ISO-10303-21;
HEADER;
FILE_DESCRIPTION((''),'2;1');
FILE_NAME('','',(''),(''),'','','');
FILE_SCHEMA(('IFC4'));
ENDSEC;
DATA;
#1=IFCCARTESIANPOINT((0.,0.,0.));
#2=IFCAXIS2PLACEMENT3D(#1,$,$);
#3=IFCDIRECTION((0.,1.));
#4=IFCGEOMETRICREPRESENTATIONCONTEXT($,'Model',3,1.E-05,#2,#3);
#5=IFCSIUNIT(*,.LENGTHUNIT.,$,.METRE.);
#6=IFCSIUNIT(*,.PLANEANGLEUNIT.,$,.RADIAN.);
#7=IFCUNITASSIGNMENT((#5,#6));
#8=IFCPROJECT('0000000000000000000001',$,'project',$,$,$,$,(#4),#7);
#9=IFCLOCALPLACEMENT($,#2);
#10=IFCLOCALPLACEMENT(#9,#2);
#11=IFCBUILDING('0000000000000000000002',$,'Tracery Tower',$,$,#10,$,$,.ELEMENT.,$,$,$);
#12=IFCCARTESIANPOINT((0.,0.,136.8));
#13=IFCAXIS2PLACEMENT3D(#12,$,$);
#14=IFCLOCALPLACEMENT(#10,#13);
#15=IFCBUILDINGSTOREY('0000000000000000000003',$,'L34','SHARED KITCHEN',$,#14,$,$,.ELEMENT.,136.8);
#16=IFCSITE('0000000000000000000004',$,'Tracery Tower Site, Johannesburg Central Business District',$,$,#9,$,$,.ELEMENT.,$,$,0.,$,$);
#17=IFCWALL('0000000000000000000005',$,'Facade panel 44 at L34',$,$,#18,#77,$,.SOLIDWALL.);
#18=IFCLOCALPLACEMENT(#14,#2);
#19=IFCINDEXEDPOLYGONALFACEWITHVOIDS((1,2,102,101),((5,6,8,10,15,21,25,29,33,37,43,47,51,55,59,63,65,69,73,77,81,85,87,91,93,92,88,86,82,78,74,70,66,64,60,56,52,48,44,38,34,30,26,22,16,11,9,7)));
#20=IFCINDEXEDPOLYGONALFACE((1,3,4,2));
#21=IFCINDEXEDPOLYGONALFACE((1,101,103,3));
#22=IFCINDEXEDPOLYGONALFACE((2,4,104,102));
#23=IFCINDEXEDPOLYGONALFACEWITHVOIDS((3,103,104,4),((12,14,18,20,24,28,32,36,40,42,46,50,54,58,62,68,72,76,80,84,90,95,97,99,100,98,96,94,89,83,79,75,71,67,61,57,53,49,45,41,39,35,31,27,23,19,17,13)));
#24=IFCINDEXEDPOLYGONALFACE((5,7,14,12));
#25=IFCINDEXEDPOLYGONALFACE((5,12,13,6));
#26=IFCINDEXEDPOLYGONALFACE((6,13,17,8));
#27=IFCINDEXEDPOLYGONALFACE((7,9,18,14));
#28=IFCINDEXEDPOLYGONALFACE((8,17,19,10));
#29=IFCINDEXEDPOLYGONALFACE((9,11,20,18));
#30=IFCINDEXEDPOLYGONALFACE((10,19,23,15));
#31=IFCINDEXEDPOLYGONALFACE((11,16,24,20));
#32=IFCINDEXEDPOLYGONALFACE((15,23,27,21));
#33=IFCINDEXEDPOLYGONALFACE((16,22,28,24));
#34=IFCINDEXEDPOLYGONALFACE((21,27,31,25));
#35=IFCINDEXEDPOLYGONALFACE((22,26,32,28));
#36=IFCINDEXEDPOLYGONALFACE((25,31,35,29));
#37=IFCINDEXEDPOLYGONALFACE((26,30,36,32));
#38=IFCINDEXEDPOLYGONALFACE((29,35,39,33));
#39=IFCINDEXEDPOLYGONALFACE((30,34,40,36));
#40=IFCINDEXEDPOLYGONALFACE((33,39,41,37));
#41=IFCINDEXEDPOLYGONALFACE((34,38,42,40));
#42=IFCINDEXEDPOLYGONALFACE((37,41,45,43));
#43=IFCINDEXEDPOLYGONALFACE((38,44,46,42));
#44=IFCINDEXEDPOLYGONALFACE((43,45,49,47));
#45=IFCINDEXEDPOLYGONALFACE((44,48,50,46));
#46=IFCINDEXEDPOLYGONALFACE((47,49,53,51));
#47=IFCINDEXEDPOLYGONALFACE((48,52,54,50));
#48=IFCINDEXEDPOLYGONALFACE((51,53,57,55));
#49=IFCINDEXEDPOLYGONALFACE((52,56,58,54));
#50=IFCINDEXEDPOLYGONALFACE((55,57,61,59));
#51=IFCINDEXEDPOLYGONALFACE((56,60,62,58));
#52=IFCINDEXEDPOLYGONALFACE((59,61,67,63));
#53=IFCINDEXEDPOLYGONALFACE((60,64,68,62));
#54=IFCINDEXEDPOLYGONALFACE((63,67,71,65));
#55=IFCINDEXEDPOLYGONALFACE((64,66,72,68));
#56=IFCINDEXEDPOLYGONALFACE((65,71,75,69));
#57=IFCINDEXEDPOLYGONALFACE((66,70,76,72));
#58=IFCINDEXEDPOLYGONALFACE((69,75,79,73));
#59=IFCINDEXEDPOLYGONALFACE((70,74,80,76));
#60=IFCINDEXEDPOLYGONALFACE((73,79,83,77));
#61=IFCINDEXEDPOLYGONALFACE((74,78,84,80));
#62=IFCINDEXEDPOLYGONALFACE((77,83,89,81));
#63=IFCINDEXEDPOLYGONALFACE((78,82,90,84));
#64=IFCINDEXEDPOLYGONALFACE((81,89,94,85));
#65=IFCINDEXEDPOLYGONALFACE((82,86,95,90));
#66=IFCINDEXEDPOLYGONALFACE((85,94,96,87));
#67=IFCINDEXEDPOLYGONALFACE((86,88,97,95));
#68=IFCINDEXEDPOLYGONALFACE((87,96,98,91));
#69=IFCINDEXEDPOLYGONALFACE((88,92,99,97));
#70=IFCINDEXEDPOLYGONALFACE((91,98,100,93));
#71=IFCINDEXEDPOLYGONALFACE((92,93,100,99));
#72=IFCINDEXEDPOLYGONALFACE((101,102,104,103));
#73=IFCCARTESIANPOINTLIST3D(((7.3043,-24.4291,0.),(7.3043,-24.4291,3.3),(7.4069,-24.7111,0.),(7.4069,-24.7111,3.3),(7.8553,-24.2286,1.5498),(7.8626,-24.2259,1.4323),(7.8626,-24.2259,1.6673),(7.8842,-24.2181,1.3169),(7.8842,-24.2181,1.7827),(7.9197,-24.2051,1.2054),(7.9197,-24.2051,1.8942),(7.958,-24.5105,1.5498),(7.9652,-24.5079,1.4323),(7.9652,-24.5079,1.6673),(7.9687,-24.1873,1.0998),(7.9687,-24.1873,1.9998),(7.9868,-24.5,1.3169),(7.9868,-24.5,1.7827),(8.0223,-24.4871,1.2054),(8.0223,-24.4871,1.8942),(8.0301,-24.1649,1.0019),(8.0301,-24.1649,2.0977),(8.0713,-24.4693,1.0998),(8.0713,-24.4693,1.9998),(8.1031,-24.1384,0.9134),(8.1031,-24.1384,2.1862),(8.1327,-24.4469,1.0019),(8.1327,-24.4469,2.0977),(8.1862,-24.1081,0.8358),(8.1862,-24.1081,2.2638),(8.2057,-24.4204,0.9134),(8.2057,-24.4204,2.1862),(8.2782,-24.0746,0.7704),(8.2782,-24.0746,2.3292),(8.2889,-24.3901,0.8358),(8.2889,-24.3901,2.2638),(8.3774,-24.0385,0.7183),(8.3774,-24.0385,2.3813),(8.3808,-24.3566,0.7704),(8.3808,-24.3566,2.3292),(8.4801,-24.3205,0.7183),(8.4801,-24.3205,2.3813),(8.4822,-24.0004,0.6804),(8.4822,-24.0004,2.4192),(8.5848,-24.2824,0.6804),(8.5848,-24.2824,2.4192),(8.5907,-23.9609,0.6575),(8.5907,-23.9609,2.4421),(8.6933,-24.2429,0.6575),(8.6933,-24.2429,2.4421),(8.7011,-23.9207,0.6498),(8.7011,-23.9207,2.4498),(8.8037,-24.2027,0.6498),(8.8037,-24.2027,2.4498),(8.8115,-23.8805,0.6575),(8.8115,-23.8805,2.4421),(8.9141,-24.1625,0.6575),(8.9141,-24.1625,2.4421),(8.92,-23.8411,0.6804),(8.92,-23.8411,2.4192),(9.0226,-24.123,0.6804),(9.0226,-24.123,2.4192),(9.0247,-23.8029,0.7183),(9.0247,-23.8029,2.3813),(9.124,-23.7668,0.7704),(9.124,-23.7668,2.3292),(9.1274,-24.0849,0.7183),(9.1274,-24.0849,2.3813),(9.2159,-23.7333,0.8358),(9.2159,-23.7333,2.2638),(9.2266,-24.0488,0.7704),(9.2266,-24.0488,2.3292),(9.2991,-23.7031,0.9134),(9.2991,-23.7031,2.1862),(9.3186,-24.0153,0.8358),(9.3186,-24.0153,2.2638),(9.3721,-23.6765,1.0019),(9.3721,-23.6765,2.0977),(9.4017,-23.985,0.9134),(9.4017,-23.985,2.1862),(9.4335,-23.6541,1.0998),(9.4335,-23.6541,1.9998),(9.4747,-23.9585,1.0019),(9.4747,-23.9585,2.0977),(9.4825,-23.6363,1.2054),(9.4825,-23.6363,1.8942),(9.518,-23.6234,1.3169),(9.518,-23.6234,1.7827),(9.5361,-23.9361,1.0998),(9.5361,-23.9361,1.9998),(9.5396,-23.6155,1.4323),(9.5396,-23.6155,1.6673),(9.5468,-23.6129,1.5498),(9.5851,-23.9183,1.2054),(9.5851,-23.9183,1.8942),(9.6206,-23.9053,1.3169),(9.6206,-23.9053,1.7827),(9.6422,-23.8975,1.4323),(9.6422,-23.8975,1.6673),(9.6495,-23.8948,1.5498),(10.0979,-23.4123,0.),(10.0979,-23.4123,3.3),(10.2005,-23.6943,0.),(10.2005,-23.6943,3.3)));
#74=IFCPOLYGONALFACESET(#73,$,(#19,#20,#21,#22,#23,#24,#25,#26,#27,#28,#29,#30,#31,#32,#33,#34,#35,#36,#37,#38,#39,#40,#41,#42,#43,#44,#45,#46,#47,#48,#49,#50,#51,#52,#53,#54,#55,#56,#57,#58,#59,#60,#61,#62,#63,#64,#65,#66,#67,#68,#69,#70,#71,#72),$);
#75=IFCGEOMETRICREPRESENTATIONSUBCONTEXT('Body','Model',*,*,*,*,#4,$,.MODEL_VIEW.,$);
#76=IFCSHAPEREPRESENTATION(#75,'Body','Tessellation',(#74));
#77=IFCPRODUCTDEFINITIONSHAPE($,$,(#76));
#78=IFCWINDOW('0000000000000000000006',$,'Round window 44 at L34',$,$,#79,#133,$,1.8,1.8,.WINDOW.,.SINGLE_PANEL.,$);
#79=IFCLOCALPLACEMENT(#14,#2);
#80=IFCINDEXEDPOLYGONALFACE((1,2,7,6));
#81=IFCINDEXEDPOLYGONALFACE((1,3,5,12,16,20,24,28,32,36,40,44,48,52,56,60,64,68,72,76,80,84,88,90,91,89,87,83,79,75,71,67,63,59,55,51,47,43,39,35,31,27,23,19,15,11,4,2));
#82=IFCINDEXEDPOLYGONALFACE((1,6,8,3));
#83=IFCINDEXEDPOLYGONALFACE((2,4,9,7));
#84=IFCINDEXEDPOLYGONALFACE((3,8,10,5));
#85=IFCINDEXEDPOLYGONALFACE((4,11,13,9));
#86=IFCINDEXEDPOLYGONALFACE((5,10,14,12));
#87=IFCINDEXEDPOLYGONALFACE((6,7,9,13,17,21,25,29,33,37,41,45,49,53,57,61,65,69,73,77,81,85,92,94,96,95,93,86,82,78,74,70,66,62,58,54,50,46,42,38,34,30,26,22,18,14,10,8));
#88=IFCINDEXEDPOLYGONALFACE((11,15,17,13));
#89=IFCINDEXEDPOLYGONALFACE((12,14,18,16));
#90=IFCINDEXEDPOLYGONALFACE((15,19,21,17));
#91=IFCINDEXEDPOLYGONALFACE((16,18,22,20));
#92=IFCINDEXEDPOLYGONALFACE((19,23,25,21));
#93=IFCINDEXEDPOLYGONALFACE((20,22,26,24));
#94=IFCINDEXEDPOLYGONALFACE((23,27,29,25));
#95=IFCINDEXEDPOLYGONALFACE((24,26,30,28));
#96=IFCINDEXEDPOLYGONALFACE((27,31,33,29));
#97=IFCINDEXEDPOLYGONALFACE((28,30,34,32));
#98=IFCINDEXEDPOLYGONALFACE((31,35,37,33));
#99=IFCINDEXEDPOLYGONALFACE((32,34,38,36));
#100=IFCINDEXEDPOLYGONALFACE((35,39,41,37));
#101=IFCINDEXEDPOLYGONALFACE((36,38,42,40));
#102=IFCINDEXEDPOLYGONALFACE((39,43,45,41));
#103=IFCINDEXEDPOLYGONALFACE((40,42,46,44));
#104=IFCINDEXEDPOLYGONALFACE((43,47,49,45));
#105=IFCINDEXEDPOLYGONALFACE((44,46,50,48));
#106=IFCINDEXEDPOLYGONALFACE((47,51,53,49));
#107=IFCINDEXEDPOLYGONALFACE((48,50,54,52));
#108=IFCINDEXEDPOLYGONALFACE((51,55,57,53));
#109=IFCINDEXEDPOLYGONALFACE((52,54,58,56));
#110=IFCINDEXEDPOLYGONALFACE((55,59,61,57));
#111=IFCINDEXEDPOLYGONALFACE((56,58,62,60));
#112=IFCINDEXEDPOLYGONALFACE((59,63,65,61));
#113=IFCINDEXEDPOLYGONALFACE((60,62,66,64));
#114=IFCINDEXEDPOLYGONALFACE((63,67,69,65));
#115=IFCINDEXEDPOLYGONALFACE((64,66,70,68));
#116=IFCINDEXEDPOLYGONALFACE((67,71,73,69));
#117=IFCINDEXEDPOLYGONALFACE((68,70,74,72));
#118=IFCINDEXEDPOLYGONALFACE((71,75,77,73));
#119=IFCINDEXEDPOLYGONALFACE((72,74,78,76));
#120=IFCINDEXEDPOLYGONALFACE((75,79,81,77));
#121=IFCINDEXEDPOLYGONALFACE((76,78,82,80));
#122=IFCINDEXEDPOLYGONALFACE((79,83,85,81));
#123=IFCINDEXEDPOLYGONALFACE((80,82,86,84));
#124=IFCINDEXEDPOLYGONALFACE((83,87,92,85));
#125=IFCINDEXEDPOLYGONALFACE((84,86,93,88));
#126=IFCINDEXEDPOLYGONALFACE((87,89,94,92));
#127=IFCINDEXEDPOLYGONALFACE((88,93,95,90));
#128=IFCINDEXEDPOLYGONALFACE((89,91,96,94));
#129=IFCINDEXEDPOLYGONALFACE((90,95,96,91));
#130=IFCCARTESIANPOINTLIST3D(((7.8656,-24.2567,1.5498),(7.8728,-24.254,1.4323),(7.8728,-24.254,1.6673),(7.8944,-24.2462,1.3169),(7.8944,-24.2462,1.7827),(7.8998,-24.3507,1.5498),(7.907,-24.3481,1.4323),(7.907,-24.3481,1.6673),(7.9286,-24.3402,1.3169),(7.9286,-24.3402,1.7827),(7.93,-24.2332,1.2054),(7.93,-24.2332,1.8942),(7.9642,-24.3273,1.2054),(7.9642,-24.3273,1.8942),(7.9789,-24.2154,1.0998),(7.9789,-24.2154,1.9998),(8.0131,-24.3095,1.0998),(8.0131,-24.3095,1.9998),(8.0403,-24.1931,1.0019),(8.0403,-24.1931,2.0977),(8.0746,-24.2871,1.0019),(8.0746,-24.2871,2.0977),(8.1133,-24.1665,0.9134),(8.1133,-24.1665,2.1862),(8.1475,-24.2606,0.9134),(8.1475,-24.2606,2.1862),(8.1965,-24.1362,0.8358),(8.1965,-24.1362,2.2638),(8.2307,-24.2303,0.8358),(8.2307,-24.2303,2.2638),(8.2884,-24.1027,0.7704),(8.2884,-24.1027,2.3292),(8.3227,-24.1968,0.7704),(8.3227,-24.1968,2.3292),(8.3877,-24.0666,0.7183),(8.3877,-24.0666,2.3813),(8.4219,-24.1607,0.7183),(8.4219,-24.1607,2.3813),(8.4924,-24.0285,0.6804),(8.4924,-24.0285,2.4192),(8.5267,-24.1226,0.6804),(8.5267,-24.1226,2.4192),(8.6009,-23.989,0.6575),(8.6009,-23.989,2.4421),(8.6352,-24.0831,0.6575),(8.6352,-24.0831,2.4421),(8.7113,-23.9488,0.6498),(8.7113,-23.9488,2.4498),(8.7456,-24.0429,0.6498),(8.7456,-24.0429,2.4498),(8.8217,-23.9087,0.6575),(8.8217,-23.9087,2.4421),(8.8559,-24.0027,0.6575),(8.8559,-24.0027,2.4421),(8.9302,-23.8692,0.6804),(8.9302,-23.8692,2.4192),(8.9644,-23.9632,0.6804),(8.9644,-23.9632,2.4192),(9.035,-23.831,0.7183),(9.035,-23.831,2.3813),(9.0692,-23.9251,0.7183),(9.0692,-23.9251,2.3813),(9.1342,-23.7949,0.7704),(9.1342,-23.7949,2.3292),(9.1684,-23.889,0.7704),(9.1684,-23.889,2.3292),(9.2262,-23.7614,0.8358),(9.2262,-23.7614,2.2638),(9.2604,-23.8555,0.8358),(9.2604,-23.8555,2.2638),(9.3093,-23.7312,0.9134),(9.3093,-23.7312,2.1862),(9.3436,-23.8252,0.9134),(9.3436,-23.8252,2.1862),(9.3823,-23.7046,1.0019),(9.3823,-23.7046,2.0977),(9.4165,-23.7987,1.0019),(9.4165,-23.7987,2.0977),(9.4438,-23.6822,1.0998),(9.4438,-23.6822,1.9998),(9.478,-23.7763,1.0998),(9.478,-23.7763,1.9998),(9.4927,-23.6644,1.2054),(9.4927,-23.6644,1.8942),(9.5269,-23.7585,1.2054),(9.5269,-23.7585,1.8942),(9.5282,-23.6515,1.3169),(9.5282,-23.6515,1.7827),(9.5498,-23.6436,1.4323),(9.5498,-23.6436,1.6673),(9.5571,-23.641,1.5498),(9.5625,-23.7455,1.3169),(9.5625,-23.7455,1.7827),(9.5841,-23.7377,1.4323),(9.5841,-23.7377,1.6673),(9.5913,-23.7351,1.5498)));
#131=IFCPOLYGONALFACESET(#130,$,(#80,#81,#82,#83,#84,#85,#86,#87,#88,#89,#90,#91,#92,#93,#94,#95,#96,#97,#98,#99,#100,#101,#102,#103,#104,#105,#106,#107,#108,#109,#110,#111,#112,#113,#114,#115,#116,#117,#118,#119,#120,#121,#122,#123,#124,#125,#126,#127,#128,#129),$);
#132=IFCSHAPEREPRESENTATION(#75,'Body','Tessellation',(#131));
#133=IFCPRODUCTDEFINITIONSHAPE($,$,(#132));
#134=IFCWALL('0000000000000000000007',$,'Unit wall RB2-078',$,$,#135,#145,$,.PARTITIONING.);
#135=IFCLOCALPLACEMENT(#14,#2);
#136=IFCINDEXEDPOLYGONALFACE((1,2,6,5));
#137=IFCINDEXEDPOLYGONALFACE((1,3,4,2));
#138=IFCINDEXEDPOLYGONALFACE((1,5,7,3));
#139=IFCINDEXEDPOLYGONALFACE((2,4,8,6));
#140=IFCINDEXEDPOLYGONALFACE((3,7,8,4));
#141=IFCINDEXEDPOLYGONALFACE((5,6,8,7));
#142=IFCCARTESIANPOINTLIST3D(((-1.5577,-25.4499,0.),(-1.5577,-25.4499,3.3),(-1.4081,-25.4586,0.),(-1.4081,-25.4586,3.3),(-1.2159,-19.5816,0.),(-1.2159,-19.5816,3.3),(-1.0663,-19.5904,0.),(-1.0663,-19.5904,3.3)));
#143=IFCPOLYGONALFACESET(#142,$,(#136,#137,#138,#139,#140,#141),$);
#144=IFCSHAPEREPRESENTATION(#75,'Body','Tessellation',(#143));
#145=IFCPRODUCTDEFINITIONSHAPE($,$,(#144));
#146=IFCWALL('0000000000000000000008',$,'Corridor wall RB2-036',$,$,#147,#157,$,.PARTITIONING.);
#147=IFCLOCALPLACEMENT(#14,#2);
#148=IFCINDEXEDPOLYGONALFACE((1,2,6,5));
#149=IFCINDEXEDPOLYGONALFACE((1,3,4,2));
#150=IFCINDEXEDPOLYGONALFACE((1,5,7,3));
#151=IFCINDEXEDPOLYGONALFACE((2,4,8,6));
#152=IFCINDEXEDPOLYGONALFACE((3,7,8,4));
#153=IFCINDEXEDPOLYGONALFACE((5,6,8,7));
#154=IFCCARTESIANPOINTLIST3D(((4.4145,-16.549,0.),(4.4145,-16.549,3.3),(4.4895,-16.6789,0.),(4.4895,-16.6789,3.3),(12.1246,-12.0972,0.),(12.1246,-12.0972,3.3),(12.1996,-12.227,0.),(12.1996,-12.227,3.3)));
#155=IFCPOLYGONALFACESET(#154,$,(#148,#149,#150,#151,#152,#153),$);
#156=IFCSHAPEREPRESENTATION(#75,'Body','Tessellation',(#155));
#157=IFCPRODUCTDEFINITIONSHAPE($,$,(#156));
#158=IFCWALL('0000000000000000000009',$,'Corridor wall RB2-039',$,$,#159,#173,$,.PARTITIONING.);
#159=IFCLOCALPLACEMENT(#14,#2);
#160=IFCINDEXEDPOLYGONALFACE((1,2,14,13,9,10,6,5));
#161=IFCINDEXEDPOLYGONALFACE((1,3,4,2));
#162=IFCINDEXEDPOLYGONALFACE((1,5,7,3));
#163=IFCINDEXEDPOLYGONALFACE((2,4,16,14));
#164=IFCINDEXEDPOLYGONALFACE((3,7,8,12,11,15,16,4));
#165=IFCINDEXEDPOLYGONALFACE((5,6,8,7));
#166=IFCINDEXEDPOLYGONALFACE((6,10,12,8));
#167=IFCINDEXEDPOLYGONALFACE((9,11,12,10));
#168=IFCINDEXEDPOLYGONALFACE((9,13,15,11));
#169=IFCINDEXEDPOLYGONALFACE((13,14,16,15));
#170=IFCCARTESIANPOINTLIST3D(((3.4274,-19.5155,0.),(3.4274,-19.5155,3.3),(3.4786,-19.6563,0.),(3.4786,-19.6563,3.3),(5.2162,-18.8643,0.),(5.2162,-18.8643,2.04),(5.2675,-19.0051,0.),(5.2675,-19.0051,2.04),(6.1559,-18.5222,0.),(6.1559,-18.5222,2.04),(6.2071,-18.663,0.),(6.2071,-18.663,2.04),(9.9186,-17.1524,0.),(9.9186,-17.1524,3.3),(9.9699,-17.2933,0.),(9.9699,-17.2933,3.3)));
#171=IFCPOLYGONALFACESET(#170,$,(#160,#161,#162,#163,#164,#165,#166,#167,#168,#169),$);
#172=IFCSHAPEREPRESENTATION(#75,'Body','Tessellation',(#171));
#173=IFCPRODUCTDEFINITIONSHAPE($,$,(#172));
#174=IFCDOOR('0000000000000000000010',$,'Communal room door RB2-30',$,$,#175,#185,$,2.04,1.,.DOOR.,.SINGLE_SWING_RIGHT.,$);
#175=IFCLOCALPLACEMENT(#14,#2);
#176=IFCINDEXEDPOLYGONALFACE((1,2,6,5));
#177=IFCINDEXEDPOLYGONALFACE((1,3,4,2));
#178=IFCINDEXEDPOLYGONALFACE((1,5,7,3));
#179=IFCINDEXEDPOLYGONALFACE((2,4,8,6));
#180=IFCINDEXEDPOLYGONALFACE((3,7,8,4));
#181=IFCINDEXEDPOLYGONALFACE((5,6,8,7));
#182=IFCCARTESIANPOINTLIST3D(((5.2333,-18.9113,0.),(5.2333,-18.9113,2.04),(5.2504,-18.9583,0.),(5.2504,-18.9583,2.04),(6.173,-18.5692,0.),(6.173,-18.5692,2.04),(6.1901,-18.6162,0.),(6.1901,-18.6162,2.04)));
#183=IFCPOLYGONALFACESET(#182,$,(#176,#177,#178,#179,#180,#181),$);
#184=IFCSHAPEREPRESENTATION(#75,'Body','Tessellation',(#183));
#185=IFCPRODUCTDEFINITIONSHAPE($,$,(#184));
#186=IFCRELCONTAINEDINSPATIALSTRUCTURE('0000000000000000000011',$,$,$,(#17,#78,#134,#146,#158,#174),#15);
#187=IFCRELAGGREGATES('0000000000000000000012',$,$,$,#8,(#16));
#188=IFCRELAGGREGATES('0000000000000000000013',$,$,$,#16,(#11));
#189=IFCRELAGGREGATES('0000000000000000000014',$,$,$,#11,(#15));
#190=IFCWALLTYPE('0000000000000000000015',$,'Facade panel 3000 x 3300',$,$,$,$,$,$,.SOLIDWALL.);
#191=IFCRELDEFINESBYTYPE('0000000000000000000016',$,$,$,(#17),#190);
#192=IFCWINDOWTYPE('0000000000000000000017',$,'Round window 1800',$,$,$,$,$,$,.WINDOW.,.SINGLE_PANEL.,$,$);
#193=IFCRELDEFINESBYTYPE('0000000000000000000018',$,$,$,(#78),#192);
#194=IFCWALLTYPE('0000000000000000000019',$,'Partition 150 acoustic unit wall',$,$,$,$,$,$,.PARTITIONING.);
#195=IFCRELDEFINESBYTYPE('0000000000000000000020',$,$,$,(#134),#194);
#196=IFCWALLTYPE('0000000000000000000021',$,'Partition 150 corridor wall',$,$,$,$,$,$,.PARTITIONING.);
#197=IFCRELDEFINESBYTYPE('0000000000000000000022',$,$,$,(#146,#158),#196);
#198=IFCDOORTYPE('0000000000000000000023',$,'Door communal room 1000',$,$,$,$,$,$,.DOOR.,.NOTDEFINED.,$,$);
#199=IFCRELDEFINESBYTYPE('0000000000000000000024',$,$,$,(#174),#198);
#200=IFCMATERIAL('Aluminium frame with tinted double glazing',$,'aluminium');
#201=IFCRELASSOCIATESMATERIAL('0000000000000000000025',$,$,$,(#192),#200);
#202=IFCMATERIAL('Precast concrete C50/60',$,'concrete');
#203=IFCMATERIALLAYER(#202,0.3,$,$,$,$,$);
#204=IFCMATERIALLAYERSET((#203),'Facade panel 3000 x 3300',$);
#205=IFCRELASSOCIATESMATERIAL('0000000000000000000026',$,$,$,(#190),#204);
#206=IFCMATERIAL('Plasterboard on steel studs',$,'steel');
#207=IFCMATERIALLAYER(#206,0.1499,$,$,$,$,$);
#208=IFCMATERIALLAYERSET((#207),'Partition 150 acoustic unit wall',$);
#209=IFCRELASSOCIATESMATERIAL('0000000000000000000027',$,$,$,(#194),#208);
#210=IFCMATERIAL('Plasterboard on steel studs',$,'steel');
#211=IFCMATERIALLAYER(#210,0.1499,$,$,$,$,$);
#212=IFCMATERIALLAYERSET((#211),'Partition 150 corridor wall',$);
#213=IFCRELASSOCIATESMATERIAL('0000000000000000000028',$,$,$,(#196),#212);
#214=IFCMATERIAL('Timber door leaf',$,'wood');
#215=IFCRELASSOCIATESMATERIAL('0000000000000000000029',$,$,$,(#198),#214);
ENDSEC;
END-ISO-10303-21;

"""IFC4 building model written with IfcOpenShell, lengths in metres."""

from ifc_helpers import new_model, si_unit, direction, frame, frame_2d, origin, origin_2d, place, context, subcontext, project, spatial, rectangle, circle, extrude, material, layer, layer_set, type_object, element, fill, save


model = new_model("IFC4")

# Units and contexts
model_context = context("Model", 3, precision=1e-05, world=origin(), true_north=direction((0.0, 1.0)))
body_context = subcontext(model_context, "Body", "Model", "MODEL_VIEW")
ifc_project = project(units=[si_unit("LENGTHUNIT", "METRE"), si_unit("PLANEANGLEUNIT", "RADIAN")], contexts=[model_context])

# Site, building, storey
site_placement = place(None, origin())
site = spatial("IfcSite", under=ifc_project, at=site_placement, Name="Tracery Tower Site, Johannesburg Central Business District", CompositionType="ELEMENT", RefElevation=0.0)
building_placement = place(site_placement, origin())
building = spatial("IfcBuilding", under=site, at=building_placement, Name="Tracery Tower", CompositionType="ELEMENT")
storey_placement = place(building_placement, frame((0.0, 0.0, 136.8)))
storey = spatial("IfcBuildingStorey", under=building, at=storey_placement, Name="L34", Description="SHARED KITCHEN", CompositionType="ELEMENT", Elevation=136.8)

# Wall, opening, window
ifc_material_1 = material(Name="Aluminium frame with tinted double glazing", Category="aluminium")
window_type = type_object("IfcWindowType", Name="Round window 1800", PartitioningType="SINGLE_PANEL", PredefinedType="WINDOW", material=ifc_material_1)
ifc_material_2 = material(Name="Precast concrete C50/60", Category="concrete")
ifc_layer_1 = layer(ifc_material_2, 0.3)
ifc_layer_set_1 = layer_set([ifc_layer_1], Name="Facade panel 3000 x 3300")
wall_type_1 = type_object("IfcWallType", Name="Facade panel 3000 x 3300", PredefinedType="SOLIDWALL", material=ifc_layer_set_1)
wall_1_placement = place(storey_placement, frame((7.3557, -24.5701, 0.0), z_axis=(0.0, 0.0, 1.0), x_axis=(0.93969, 0.342027, 0.0)))
wall_1 = element("IfcWall", 1, at=wall_1_placement, inside=storey, type_object=wall_type_1, Name="Facade panel 44 at L34", PredefinedType="SOLIDWALL", context=body_context, shape_type="SweptSolid", body=[
    extrude(rectangle(XDim=2.9729, YDim=0.3, at=frame_2d((1.4863, 0.0))), origin(), (0.0, 0.0, 1.0), 3.3),
])
opening_1_placement = place(wall_1_placement, frame((1.4863, 0.0, 1.5498)))
opening_1 = element("IfcOpeningElement", 2, at=opening_1_placement, cuts=wall_1, PredefinedType="OPENING", context=body_context, shape_type="SweptSolid", body=[
    extrude(circle(Radius=0.9, at=origin_2d()), frame((0.0, 0.1599, 0.0), z_axis=(0.0, -1.0, 0.0), x_axis=(1.0, 0.0, 0.0)), (0.0, 0.0, 1.0), 0.3201),
])
window_1_placement = place(opening_1_placement, origin())
window_1 = element("IfcWindow", 3, at=window_1_placement, inside=storey, type_object=window_type, Name="Round window 44 at L34", OverallHeight=1.8, OverallWidth=1.8, PartitioningType="SINGLE_PANEL", PredefinedType="WINDOW", context=body_context, shape_type="SweptSolid", body=[
    extrude(circle(Radius=0.9, at=origin_2d()), frame((0.0, 0.1201, 0.0), z_axis=(0.0, -1.0, 0.0), x_axis=(1.0, 0.0, 0.0)), (0.0, 0.0, 1.0), 0.1001),
])
fill(opening_1, window_1)

# Walls
ifc_material_3 = material(Name="Plasterboard on steel studs", Category="steel")
ifc_layer_2 = layer(ifc_material_3, 0.1499)
ifc_layer_set_2 = layer_set([ifc_layer_2], Name="Partition 150 acoustic unit wall")
wall_type_2 = type_object("IfcWallType", Name="Partition 150 acoustic unit wall", PredefinedType="PARTITIONING", material=ifc_layer_set_2)
wall_2_placement = place(storey_placement, frame((-1.4829, -25.4541, 0.0), z_axis=(0.0, 0.0, 1.0), x_axis=(0.058147, 0.998308, 0.0)))
element("IfcWall", 4, at=wall_2_placement, inside=storey, type_object=wall_type_2, Name="Unit wall RB2-078", PredefinedType="PARTITIONING", context=body_context, shape_type="SweptSolid", body=[
    extrude(rectangle(XDim=5.8782, YDim=0.1499, at=frame_2d((2.939, 0.0))), origin(), (0.0, 0.0, 1.0), 3.3),
])
ifc_material_4 = material(Name="Plasterboard on steel studs", Category="steel")
ifc_layer_3 = layer(ifc_material_4, 0.1499)
ifc_layer_set_3 = layer_set([ifc_layer_3], Name="Partition 150 corridor wall")
wall_type_3 = type_object("IfcWallType", Name="Partition 150 corridor wall", PredefinedType="PARTITIONING", material=ifc_layer_set_3)
wall_3_placement = place(storey_placement, frame((4.4519, -16.614, 0.0), z_axis=(0.0, 0.0, 1.0), x_axis=(0.866005, 0.500035, 0.0)))
element("IfcWall", 5, at=wall_3_placement, inside=storey, type_object=wall_type_3, Name="Corridor wall RB2-036", PredefinedType="PARTITIONING", context=body_context, shape_type="SweptSolid", body=[
    extrude(rectangle(XDim=8.9031, YDim=0.1499, at=frame_2d((4.4517, 0.0))), origin(), (0.0, 0.0, 1.0), 3.3),
])

# Wall, opening, door
wall_4_placement = place(storey_placement, frame((3.4529, -19.5859, 0.0), z_axis=(0.0, 0.0, 1.0), x_axis=(0.939673, 0.342075, 0.0)))
wall_4 = element("IfcWall", 6, at=wall_4_placement, inside=storey, type_object=wall_type_3, Name="Corridor wall RB2-039", PredefinedType="PARTITIONING", context=body_context, shape_type="SweptSolid", body=[
    extrude(rectangle(XDim=6.908, YDim=0.1499, at=frame_2d((3.4541, 0.0))), origin(), (0.0, 0.0, 1.0), 3.3),
])
opening_2_placement = place(wall_4_placement, frame((1.9038, 0.0, 0.0)))
opening_2 = element("IfcOpeningElement", 7, at=opening_2_placement, cuts=wall_4, PredefinedType="OPENING", context=body_context, shape_type="SweptSolid", body=[
    extrude(rectangle(XDim=1.0, YDim=2.04, at=frame_2d((0.5, 1.02))), frame((0.0, 0.075, 0.0), z_axis=(0.0, -1.0, 0.0), x_axis=(1.0, 0.0, 0.0)), (0.0, 0.0, 1.0), 0.1499),
])
ifc_material_5 = material(Name="Timber door leaf", Category="wood")
door_type = type_object("IfcDoorType", Name="Door communal room 1000", OperationType="NOTDEFINED", PredefinedType="DOOR", material=ifc_material_5)
door_placement = place(opening_2_placement, origin())
door = element("IfcDoor", 8, at=door_placement, inside=storey, type_object=door_type, Name="Communal room door RB2-30", OperationType="SINGLE_SWING_RIGHT", OverallHeight=2.04, OverallWidth=1.0, PredefinedType="DOOR", context=body_context, shape_type="SweptSolid", body=[
    extrude(rectangle(XDim=1.0, YDim=2.04, at=frame_2d((0.5, 1.02))), frame((0.0, 0.0249, 0.0), z_axis=(0.0, -1.0, 0.0), x_axis=(1.0, 0.0, 0.0)), (0.0, 0.0, 1.0), 0.05),
])
fill(opening_2, door)

save(model, "model.ifc")
